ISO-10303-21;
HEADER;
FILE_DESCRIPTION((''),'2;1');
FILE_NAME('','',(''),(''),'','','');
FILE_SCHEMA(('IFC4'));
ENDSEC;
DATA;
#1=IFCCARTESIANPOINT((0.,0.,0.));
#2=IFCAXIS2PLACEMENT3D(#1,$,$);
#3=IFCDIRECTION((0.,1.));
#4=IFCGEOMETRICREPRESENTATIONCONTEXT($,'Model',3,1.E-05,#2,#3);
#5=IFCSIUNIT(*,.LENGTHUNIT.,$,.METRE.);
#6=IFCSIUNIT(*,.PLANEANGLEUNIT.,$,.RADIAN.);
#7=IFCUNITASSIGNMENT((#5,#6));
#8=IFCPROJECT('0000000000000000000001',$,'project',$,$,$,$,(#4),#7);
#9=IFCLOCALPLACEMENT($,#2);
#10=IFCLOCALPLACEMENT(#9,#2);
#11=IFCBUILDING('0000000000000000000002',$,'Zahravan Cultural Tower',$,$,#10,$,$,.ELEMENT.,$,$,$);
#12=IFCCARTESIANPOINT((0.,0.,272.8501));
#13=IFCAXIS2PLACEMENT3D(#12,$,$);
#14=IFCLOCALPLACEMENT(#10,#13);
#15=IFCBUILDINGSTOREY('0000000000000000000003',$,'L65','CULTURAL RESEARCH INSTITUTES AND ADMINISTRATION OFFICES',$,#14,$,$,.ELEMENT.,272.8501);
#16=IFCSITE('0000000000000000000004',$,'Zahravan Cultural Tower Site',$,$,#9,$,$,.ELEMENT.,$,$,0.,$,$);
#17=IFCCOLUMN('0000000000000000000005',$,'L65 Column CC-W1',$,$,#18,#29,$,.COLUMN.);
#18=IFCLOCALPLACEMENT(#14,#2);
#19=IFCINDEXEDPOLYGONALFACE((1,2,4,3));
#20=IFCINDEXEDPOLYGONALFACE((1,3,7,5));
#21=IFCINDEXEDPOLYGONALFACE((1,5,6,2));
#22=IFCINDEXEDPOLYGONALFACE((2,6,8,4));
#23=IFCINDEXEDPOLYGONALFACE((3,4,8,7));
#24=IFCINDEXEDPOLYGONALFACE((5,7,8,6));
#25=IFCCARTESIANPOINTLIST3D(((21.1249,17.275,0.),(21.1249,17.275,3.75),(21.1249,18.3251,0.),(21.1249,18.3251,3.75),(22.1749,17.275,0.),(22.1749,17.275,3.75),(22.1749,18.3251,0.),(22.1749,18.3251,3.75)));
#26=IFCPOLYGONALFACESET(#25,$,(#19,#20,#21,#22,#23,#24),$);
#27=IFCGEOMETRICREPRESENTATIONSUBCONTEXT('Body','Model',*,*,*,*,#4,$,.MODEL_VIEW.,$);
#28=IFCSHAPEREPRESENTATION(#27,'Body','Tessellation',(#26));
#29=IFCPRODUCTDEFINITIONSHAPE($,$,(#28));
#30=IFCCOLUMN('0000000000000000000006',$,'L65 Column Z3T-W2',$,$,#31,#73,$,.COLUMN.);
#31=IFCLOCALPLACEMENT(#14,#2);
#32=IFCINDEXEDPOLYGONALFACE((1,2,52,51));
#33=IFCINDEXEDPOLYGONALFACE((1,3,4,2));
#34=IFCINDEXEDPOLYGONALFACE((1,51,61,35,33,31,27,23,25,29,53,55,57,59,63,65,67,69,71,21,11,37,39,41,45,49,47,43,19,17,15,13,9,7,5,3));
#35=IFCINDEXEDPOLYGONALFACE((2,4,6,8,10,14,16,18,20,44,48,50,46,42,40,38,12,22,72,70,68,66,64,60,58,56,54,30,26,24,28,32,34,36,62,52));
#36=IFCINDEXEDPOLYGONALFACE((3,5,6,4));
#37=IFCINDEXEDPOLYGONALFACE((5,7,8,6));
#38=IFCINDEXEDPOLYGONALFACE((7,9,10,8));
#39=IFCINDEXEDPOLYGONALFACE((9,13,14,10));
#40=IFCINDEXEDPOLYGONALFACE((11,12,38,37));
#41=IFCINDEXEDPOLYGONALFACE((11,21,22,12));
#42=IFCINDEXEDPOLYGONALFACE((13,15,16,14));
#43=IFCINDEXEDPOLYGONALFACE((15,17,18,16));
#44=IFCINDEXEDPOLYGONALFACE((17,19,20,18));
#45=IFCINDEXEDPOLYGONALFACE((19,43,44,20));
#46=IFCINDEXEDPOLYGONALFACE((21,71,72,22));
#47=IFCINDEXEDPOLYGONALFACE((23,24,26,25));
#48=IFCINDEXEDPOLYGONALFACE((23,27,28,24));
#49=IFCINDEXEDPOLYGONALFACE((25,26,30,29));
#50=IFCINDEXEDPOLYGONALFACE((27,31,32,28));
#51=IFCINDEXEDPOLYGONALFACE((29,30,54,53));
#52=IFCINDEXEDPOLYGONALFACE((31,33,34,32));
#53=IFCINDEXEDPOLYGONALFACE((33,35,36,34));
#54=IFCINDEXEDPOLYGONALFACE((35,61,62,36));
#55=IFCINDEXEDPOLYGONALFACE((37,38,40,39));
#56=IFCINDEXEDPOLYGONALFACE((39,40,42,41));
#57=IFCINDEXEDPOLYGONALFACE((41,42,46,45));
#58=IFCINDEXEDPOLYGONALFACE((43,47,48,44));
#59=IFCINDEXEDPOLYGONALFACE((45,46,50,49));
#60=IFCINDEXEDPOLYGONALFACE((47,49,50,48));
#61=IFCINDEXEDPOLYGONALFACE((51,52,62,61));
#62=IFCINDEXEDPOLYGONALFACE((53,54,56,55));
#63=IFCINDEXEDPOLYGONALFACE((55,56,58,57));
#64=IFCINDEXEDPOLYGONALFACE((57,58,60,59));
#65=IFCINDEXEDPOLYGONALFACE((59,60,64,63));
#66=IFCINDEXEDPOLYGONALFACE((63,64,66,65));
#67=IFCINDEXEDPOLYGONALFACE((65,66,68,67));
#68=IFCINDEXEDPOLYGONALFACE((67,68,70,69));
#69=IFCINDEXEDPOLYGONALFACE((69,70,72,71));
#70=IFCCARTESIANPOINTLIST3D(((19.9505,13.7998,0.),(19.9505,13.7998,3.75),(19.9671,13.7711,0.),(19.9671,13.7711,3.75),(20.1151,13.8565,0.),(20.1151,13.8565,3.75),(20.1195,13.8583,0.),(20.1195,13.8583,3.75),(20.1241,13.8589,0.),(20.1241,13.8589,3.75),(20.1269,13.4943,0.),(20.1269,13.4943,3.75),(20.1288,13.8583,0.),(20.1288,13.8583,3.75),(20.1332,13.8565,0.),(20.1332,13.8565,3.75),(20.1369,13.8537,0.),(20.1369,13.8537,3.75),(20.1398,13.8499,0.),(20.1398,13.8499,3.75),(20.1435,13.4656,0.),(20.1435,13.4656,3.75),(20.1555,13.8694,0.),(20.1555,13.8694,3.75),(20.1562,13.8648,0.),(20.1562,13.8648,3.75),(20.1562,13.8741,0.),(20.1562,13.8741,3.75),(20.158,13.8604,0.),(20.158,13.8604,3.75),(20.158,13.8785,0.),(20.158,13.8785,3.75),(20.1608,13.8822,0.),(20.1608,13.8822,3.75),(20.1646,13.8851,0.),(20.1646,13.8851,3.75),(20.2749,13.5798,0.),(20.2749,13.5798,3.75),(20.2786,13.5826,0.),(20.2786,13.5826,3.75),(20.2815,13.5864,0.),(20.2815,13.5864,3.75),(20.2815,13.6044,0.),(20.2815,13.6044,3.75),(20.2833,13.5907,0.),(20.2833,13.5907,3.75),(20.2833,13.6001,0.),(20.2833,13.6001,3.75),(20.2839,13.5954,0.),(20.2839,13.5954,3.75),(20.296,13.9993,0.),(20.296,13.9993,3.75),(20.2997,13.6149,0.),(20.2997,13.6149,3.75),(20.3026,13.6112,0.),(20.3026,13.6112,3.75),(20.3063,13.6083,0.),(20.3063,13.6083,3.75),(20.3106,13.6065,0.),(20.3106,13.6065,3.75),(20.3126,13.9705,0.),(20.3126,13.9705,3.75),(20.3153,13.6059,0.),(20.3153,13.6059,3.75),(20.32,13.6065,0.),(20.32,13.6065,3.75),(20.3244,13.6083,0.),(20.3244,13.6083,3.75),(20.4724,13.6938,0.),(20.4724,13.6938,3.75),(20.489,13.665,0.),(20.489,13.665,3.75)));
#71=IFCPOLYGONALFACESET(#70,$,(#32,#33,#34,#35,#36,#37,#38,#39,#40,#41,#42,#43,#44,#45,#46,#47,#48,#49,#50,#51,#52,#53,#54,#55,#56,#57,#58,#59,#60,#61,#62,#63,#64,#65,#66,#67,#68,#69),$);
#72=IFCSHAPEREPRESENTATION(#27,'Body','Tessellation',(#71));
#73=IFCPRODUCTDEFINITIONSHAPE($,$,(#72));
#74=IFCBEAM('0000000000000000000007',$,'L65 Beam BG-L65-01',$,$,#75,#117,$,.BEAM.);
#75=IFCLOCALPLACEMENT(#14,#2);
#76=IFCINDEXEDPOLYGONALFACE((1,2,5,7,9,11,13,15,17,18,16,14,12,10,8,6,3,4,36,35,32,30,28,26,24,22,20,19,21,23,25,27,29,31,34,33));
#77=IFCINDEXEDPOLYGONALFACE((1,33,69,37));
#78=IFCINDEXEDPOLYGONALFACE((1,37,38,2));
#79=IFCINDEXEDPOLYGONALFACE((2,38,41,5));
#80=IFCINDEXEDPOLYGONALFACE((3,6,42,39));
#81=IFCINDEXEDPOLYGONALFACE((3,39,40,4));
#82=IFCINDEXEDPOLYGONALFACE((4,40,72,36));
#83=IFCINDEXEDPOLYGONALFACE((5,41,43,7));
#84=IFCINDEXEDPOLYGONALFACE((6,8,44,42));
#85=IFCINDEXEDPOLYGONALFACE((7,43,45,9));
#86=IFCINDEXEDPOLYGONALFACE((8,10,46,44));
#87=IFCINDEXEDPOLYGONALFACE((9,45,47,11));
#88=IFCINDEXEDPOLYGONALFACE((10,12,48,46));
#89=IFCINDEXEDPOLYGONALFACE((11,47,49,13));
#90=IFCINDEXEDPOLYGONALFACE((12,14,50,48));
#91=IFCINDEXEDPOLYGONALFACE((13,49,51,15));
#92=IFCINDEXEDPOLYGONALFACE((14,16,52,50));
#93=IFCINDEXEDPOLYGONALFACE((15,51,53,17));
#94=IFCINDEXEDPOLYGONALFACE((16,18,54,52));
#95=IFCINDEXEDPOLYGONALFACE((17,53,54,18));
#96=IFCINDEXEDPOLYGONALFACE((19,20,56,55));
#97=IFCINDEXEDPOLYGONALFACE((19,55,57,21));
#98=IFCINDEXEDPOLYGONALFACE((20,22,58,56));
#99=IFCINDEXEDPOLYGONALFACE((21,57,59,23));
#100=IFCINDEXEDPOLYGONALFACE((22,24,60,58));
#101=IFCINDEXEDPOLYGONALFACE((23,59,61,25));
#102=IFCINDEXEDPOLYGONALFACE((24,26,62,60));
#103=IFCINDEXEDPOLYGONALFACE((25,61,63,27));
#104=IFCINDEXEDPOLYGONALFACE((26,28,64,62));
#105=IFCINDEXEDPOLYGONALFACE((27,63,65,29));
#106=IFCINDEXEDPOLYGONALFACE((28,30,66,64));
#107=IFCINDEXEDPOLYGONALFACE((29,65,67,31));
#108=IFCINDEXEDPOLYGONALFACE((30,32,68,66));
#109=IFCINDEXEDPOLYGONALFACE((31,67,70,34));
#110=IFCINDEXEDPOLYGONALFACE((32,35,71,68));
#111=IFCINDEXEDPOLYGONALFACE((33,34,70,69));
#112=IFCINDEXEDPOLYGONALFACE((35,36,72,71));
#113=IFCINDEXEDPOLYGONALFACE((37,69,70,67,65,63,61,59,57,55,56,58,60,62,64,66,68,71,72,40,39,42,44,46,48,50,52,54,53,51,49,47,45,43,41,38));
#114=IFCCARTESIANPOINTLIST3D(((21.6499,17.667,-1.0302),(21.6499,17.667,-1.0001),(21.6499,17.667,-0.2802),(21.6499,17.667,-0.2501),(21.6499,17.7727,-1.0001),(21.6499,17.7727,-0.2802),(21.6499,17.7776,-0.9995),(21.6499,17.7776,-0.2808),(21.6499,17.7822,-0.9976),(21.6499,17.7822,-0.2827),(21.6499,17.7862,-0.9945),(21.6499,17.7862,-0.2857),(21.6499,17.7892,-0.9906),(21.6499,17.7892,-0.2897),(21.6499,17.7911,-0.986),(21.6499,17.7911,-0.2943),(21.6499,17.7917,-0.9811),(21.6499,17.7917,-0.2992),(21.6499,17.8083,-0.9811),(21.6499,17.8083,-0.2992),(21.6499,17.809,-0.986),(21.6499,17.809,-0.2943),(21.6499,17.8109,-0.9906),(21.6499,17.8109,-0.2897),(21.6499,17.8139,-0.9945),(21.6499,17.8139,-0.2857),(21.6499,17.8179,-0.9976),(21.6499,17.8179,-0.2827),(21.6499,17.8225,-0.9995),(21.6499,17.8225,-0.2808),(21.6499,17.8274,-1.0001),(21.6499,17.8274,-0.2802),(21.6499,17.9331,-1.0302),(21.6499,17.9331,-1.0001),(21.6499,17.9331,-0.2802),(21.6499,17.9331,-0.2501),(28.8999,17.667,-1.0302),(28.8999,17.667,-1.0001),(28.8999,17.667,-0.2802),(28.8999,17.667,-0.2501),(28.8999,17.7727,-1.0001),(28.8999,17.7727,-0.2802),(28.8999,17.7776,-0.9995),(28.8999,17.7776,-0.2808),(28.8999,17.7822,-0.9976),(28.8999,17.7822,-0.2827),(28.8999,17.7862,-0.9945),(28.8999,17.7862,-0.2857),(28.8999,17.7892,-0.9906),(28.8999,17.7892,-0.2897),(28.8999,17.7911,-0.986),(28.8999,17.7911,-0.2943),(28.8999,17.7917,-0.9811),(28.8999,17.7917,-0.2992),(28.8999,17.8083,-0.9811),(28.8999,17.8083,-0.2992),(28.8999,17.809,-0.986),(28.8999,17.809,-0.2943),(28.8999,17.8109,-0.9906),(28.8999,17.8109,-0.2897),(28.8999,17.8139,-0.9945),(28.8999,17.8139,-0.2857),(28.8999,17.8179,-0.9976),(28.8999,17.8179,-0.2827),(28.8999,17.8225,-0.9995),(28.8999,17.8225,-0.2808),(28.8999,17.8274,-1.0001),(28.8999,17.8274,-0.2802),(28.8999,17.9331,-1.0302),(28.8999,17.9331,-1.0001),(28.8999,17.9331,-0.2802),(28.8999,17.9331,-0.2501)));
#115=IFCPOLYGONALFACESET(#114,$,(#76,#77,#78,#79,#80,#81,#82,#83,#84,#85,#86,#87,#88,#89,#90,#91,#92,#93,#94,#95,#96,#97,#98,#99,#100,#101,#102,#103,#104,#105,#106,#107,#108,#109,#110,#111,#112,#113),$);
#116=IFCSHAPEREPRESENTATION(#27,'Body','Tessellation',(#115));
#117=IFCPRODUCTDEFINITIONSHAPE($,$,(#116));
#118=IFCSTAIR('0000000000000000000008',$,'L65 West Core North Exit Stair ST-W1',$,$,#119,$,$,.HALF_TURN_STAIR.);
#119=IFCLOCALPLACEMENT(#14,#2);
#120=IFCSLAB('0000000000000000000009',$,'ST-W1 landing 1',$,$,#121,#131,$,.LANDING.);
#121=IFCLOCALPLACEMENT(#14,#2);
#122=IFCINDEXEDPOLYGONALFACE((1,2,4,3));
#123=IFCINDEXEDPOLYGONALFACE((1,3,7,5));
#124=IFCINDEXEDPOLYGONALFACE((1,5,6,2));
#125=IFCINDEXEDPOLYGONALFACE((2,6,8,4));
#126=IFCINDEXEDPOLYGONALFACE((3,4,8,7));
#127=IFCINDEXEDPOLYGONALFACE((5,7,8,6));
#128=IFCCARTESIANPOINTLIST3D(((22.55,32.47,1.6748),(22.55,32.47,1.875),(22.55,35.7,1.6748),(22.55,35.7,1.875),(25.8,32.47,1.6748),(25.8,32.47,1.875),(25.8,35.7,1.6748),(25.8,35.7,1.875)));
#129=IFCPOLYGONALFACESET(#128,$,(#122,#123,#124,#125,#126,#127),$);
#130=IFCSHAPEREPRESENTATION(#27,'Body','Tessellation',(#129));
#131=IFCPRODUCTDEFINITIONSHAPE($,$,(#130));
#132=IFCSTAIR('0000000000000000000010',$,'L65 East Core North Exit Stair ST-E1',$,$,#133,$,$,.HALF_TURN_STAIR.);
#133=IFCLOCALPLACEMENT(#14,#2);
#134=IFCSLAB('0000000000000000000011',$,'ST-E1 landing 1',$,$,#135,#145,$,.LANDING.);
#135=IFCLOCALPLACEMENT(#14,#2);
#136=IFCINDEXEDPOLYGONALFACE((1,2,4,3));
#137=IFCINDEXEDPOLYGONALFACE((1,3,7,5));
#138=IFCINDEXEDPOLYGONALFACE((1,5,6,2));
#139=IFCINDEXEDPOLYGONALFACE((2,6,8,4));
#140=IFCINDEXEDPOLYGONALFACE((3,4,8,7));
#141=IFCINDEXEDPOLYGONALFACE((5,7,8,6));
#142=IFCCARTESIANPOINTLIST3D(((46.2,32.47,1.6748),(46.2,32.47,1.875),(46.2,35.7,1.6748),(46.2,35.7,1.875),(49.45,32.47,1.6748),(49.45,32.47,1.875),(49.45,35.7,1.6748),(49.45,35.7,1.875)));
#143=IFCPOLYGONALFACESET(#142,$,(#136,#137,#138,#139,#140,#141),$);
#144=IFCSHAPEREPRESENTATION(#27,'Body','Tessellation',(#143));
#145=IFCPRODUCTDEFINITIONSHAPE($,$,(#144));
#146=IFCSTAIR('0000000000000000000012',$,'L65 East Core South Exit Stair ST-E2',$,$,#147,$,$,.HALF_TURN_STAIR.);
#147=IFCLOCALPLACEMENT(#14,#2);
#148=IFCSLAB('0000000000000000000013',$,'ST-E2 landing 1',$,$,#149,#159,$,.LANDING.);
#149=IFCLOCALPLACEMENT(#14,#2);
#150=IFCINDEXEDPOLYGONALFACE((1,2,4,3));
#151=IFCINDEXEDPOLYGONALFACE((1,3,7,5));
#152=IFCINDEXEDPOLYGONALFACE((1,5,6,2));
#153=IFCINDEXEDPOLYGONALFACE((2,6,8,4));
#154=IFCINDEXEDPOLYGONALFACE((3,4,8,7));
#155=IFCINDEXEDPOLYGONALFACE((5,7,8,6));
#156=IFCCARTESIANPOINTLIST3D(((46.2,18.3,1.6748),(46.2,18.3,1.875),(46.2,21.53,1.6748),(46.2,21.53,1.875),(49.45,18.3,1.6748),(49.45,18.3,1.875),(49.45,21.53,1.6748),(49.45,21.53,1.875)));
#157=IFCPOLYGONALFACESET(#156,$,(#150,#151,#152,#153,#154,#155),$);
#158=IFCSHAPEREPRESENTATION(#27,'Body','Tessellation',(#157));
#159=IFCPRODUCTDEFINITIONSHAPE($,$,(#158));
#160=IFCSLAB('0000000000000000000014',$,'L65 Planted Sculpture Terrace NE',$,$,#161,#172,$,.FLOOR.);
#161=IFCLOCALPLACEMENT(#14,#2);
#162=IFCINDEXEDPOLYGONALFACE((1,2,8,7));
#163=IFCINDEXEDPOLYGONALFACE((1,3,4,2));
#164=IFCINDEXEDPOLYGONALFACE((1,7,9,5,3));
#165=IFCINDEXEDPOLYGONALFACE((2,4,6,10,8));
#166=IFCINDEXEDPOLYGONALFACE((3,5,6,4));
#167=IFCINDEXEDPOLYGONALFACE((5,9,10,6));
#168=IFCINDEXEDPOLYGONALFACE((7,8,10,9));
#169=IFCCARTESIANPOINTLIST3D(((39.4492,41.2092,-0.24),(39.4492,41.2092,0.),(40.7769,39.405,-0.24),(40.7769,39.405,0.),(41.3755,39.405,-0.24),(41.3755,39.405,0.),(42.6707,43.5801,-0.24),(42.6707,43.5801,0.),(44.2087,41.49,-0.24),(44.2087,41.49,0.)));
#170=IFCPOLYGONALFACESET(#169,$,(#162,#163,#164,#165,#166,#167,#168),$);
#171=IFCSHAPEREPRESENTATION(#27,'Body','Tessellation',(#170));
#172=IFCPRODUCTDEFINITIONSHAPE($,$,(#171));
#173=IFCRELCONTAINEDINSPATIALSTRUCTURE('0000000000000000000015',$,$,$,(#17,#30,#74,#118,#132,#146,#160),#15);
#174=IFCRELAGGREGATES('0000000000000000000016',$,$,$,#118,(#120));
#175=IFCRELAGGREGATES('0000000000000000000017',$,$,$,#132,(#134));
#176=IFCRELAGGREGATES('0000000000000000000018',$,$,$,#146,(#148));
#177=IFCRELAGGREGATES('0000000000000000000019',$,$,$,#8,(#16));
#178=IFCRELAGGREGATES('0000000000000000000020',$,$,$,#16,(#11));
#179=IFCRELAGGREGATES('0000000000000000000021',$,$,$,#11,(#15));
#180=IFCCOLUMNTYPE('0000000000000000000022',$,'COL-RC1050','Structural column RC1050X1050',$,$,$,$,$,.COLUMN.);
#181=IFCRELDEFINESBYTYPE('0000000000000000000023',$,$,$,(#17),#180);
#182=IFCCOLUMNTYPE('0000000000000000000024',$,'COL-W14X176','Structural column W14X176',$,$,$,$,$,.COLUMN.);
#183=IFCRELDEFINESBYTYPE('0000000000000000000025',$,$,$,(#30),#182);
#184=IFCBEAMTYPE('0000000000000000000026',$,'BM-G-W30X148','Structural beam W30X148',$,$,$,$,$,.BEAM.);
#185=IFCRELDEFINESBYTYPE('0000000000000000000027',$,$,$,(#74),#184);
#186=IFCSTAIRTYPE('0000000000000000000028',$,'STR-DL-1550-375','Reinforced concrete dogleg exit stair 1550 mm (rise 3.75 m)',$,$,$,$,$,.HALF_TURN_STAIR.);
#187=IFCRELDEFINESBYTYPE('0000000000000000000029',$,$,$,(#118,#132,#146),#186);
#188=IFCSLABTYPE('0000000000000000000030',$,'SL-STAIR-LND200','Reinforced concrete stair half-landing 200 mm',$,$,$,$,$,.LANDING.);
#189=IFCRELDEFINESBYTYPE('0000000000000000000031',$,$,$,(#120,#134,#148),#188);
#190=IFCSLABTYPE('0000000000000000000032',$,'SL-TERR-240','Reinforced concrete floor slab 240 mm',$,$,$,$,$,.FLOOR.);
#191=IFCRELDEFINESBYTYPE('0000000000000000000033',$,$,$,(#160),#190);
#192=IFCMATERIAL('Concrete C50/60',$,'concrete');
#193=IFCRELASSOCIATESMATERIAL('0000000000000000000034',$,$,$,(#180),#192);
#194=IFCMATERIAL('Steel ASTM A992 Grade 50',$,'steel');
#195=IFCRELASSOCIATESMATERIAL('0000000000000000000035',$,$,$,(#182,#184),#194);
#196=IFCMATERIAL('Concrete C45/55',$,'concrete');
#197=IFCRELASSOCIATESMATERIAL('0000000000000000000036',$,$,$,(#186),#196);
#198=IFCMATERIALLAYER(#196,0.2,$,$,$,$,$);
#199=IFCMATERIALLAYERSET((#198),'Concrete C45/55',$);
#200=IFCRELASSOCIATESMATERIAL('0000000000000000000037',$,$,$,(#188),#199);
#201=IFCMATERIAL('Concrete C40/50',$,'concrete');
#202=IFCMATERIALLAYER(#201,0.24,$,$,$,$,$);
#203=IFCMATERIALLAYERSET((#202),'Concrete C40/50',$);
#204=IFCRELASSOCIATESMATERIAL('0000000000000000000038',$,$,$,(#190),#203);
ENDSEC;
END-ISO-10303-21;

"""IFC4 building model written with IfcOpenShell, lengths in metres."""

from ifc_helpers import new_model, si_unit, direction, frame, origin, origin_2d, place, context, subcontext, project, spatial, polyline, rectangle, i_section, outline, extrude, source, transform, mapped, material, layer, layer_set, material_profile, profile_set, type_object, element, aggregate, save


model = new_model("IFC4")

# Units and contexts
model_context = context("Model", 3, precision=1e-05, world=origin(), true_north=direction((0.0, 1.0)))
body_context = subcontext(model_context, "Body", "Model", "MODEL_VIEW")
ifc_project = project(units=[si_unit("LENGTHUNIT", "METRE"), si_unit("PLANEANGLEUNIT", "RADIAN")], contexts=[model_context])

# Site, building, storey
site_placement = place(None, origin())
site = spatial("IfcSite", under=ifc_project, at=site_placement, Name="Zahravan Cultural Tower Site", CompositionType="ELEMENT", RefElevation=0.0)
building_placement = place(site_placement, origin())
building = spatial("IfcBuilding", under=site, at=building_placement, Name="Zahravan Cultural Tower", CompositionType="ELEMENT")
storey_placement = place(building_placement, frame((0.0, 0.0, 272.8501)))
storey = spatial("IfcBuildingStorey", under=building, at=storey_placement, Name="L65", Description="CULTURAL RESEARCH INSTITUTES AND ADMINISTRATION OFFICES", CompositionType="ELEMENT", Elevation=272.8501)

# Columns
ifc_material_1 = material(Name="Concrete C50/60", Category="concrete")
ifc_material_profile_1 = material_profile(ifc_material_1, rectangle(XDim=1.05, YDim=1.05, at=origin_2d()), Name="RC1050X1050")
ifc_profile_set_1 = profile_set([ifc_material_profile_1], Name="Concrete C50/60")
column_type_1 = type_object("IfcColumnType", Name="COL-RC1050", Description="Structural column RC1050X1050", PredefinedType="COLUMN", material=ifc_profile_set_1)
shared_shape_1 = source(origin(), body_context, "Body", "SweptSolid", [
    extrude(rectangle(XDim=1.05, YDim=1.05, at=origin_2d()), origin(), (0.0, 0.0, 1.0), 3.75),
])
column_1_placement = place(storey_placement, frame((21.6499, 17.8, 0.0), z_axis=(0.0, 0.0, 1.0), x_axis=(1.0, 0.0, 0.0)))
element("IfcColumn", 1, at=column_1_placement, inside=storey, type_object=column_type_1, Name="L65 Column CC-W1", PredefinedType="COLUMN", context=body_context, shape_type="MappedRepresentation", body=[
    mapped(shared_shape_1, transform((0.0, 0.0, 0.0), x_axis=(1.0, 0.0, 0.0), y_axis=(0.0, 1.0, 0.0), z_axis=(0.0, 0.0, 1.0), scale=1.0)),
])
ifc_material_2 = material(Name="Steel ASTM A992 Grade 50", Category="steel")
ifc_material_profile_2 = material_profile(ifc_material_2, i_section(OverallWidth=0.3989, OverallDepth=0.386, WebThickness=0.021, FlangeThickness=0.0332, FilletRadius=0.0181, at=origin_2d()), Name="W14X176")
ifc_profile_set_2 = profile_set([ifc_material_profile_2], Name="Steel ASTM A992 Grade 50")
column_type_2 = type_object("IfcColumnType", Name="COL-W14X176", Description="Structural column W14X176", PredefinedType="COLUMN", material=ifc_profile_set_2)
shared_shape_2 = source(origin(), body_context, "Body", "SweptSolid", [
    extrude(i_section(OverallWidth=0.3989, OverallDepth=0.386, WebThickness=0.021, FlangeThickness=0.0332, FilletRadius=0.0181, at=origin_2d()), origin(), (0.0, 0.0, 1.0), 3.75),
])
column_2_placement = place(storey_placement, frame((20.2197, 13.7324, 0.0), z_axis=(0.0, 0.0, 1.0), x_axis=(0.866025, 0.5, 0.0)))
element("IfcColumn", 2, at=column_2_placement, inside=storey, type_object=column_type_2, Name="L65 Column Z3T-W2", PredefinedType="COLUMN", context=body_context, shape_type="MappedRepresentation", body=[
    mapped(shared_shape_2, transform((0.0, 0.0, 0.0), x_axis=(1.0, 0.0, 0.0), y_axis=(0.0, 1.0, 0.0), z_axis=(0.0, 0.0, 1.0), scale=1.0)),
])

# Beam
ifc_material_profile_3 = material_profile(ifc_material_2, i_section(OverallWidth=0.2661, OverallDepth=0.78, WebThickness=0.0166, FlangeThickness=0.03, FilletRadius=0.019, at=origin_2d()), Name="W30X148")
ifc_profile_set_3 = profile_set([ifc_material_profile_3], Name="Steel ASTM A992 Grade 50")
beam_type = type_object("IfcBeamType", Name="BM-G-W30X148", Description="Structural beam W30X148", PredefinedType="BEAM", material=ifc_profile_set_3)
shared_shape_3 = source(origin(), body_context, "Body", "SweptSolid", [
    extrude(i_section(OverallWidth=0.2661, OverallDepth=0.78, WebThickness=0.0166, FlangeThickness=0.03, FilletRadius=0.019, at=origin_2d()), origin(), (0.0, 0.0, 1.0), 7.25),
])
beam_placement = place(storey_placement, frame((21.6499, 17.8, -0.6401), z_axis=(1.0, 0.0, 0.0), x_axis=(0.0, 1.0, 0.0)))
element("IfcBeam", 3, at=beam_placement, inside=storey, type_object=beam_type, Name="L65 Beam BG-L65-01", PredefinedType="BEAM", context=body_context, shape_type="MappedRepresentation", body=[
    mapped(shared_shape_3, transform((0.0, 0.0, 0.0), x_axis=(1.0, 0.0, 0.0), y_axis=(0.0, 1.0, 0.0), z_axis=(0.0, 0.0, 1.0), scale=1.0)),
])

# Stairs, slabs
ifc_material_3 = material(Name="Concrete C45/55", Category="concrete")
stair_type = type_object("IfcStairType", Name="STR-DL-1550-375", Description="Reinforced concrete dogleg exit stair 1550 mm (rise 3.75 m)", PredefinedType="HALF_TURN_STAIR", material=ifc_material_3)
stair_1_placement = place(storey_placement, origin())
stair_1 = element("IfcStair", 4, at=stair_1_placement, inside=storey, type_object=stair_type, Name="L65 West Core North Exit Stair ST-W1", PredefinedType="HALF_TURN_STAIR")
ifc_layer_1 = layer(ifc_material_3, 0.2)
ifc_layer_set_1 = layer_set([ifc_layer_1], Name="Concrete C45/55")
slab_type_1 = type_object("IfcSlabType", Name="SL-STAIR-LND200", Description="Reinforced concrete stair half-landing 200 mm", PredefinedType="LANDING", material=ifc_layer_set_1)
slab_1_placement = place(storey_placement, frame((0.0, 0.0, 1.6748)))
slab_1 = element("IfcSlab", 5, at=slab_1_placement, type_object=slab_type_1, Name="ST-W1 landing 1", PredefinedType="LANDING", context=body_context, shape_type="SweptSolid", body=[
    extrude(outline(polyline([(25.8, 32.47), (25.8, 35.7), (22.55, 35.7), (22.55, 32.47), (25.8, 32.47)])), origin(), (0.0, 0.0, 1.0), 0.2002),
])
aggregate(stair_1, [slab_1])
stair_2_placement = place(storey_placement, origin())
stair_2 = element("IfcStair", 6, at=stair_2_placement, inside=storey, type_object=stair_type, Name="L65 East Core North Exit Stair ST-E1", PredefinedType="HALF_TURN_STAIR")
slab_2_placement = place(storey_placement, frame((0.0, 0.0, 1.6748)))
slab_2 = element("IfcSlab", 7, at=slab_2_placement, type_object=slab_type_1, Name="ST-E1 landing 1", PredefinedType="LANDING", context=body_context, shape_type="SweptSolid", body=[
    extrude(outline(polyline([(49.45, 32.47), (49.45, 35.7), (46.2, 35.7), (46.2, 32.47), (49.45, 32.47)])), origin(), (0.0, 0.0, 1.0), 0.2002),
])
aggregate(stair_2, [slab_2])
stair_3_placement = place(storey_placement, origin())
stair_3 = element("IfcStair", 8, at=stair_3_placement, inside=storey, type_object=stair_type, Name="L65 East Core South Exit Stair ST-E2", PredefinedType="HALF_TURN_STAIR")
slab_3_placement = place(storey_placement, frame((0.0, 0.0, 1.6748)))
slab_3 = element("IfcSlab", 9, at=slab_3_placement, type_object=slab_type_1, Name="ST-E2 landing 1", PredefinedType="LANDING", context=body_context, shape_type="SweptSolid", body=[
    extrude(outline(polyline([(46.2, 21.53), (46.2, 18.3), (49.45, 18.3), (49.45, 21.53), (46.2, 21.53)])), origin(), (0.0, 0.0, 1.0), 0.2002),
])
aggregate(stair_3, [slab_3])

# Slab
ifc_material_4 = material(Name="Concrete C40/50", Category="concrete")
ifc_layer_2 = layer(ifc_material_4, 0.24)
ifc_layer_set_2 = layer_set([ifc_layer_2], Name="Concrete C40/50")
slab_type_2 = type_object("IfcSlabType", Name="SL-TERR-240", Description="Reinforced concrete floor slab 240 mm", PredefinedType="FLOOR", material=ifc_layer_set_2)
slab_4_placement = place(storey_placement, frame((0.0, 0.0, -0.24)))
element("IfcSlab", 10, at=slab_4_placement, inside=storey, type_object=slab_type_2, Name="L65 Planted Sculpture Terrace NE", PredefinedType="FLOOR", context=body_context, shape_type="SweptSolid", body=[
    extrude(outline(polyline([(39.4492, 41.2092), (40.7769, 39.405), (41.3755, 39.405), (44.2087, 41.49), (42.6707, 43.5801), (39.4492, 41.2092)])), origin(), (0.0, 0.0, 1.0), 0.24),
])

save(model, "model.ifc")
